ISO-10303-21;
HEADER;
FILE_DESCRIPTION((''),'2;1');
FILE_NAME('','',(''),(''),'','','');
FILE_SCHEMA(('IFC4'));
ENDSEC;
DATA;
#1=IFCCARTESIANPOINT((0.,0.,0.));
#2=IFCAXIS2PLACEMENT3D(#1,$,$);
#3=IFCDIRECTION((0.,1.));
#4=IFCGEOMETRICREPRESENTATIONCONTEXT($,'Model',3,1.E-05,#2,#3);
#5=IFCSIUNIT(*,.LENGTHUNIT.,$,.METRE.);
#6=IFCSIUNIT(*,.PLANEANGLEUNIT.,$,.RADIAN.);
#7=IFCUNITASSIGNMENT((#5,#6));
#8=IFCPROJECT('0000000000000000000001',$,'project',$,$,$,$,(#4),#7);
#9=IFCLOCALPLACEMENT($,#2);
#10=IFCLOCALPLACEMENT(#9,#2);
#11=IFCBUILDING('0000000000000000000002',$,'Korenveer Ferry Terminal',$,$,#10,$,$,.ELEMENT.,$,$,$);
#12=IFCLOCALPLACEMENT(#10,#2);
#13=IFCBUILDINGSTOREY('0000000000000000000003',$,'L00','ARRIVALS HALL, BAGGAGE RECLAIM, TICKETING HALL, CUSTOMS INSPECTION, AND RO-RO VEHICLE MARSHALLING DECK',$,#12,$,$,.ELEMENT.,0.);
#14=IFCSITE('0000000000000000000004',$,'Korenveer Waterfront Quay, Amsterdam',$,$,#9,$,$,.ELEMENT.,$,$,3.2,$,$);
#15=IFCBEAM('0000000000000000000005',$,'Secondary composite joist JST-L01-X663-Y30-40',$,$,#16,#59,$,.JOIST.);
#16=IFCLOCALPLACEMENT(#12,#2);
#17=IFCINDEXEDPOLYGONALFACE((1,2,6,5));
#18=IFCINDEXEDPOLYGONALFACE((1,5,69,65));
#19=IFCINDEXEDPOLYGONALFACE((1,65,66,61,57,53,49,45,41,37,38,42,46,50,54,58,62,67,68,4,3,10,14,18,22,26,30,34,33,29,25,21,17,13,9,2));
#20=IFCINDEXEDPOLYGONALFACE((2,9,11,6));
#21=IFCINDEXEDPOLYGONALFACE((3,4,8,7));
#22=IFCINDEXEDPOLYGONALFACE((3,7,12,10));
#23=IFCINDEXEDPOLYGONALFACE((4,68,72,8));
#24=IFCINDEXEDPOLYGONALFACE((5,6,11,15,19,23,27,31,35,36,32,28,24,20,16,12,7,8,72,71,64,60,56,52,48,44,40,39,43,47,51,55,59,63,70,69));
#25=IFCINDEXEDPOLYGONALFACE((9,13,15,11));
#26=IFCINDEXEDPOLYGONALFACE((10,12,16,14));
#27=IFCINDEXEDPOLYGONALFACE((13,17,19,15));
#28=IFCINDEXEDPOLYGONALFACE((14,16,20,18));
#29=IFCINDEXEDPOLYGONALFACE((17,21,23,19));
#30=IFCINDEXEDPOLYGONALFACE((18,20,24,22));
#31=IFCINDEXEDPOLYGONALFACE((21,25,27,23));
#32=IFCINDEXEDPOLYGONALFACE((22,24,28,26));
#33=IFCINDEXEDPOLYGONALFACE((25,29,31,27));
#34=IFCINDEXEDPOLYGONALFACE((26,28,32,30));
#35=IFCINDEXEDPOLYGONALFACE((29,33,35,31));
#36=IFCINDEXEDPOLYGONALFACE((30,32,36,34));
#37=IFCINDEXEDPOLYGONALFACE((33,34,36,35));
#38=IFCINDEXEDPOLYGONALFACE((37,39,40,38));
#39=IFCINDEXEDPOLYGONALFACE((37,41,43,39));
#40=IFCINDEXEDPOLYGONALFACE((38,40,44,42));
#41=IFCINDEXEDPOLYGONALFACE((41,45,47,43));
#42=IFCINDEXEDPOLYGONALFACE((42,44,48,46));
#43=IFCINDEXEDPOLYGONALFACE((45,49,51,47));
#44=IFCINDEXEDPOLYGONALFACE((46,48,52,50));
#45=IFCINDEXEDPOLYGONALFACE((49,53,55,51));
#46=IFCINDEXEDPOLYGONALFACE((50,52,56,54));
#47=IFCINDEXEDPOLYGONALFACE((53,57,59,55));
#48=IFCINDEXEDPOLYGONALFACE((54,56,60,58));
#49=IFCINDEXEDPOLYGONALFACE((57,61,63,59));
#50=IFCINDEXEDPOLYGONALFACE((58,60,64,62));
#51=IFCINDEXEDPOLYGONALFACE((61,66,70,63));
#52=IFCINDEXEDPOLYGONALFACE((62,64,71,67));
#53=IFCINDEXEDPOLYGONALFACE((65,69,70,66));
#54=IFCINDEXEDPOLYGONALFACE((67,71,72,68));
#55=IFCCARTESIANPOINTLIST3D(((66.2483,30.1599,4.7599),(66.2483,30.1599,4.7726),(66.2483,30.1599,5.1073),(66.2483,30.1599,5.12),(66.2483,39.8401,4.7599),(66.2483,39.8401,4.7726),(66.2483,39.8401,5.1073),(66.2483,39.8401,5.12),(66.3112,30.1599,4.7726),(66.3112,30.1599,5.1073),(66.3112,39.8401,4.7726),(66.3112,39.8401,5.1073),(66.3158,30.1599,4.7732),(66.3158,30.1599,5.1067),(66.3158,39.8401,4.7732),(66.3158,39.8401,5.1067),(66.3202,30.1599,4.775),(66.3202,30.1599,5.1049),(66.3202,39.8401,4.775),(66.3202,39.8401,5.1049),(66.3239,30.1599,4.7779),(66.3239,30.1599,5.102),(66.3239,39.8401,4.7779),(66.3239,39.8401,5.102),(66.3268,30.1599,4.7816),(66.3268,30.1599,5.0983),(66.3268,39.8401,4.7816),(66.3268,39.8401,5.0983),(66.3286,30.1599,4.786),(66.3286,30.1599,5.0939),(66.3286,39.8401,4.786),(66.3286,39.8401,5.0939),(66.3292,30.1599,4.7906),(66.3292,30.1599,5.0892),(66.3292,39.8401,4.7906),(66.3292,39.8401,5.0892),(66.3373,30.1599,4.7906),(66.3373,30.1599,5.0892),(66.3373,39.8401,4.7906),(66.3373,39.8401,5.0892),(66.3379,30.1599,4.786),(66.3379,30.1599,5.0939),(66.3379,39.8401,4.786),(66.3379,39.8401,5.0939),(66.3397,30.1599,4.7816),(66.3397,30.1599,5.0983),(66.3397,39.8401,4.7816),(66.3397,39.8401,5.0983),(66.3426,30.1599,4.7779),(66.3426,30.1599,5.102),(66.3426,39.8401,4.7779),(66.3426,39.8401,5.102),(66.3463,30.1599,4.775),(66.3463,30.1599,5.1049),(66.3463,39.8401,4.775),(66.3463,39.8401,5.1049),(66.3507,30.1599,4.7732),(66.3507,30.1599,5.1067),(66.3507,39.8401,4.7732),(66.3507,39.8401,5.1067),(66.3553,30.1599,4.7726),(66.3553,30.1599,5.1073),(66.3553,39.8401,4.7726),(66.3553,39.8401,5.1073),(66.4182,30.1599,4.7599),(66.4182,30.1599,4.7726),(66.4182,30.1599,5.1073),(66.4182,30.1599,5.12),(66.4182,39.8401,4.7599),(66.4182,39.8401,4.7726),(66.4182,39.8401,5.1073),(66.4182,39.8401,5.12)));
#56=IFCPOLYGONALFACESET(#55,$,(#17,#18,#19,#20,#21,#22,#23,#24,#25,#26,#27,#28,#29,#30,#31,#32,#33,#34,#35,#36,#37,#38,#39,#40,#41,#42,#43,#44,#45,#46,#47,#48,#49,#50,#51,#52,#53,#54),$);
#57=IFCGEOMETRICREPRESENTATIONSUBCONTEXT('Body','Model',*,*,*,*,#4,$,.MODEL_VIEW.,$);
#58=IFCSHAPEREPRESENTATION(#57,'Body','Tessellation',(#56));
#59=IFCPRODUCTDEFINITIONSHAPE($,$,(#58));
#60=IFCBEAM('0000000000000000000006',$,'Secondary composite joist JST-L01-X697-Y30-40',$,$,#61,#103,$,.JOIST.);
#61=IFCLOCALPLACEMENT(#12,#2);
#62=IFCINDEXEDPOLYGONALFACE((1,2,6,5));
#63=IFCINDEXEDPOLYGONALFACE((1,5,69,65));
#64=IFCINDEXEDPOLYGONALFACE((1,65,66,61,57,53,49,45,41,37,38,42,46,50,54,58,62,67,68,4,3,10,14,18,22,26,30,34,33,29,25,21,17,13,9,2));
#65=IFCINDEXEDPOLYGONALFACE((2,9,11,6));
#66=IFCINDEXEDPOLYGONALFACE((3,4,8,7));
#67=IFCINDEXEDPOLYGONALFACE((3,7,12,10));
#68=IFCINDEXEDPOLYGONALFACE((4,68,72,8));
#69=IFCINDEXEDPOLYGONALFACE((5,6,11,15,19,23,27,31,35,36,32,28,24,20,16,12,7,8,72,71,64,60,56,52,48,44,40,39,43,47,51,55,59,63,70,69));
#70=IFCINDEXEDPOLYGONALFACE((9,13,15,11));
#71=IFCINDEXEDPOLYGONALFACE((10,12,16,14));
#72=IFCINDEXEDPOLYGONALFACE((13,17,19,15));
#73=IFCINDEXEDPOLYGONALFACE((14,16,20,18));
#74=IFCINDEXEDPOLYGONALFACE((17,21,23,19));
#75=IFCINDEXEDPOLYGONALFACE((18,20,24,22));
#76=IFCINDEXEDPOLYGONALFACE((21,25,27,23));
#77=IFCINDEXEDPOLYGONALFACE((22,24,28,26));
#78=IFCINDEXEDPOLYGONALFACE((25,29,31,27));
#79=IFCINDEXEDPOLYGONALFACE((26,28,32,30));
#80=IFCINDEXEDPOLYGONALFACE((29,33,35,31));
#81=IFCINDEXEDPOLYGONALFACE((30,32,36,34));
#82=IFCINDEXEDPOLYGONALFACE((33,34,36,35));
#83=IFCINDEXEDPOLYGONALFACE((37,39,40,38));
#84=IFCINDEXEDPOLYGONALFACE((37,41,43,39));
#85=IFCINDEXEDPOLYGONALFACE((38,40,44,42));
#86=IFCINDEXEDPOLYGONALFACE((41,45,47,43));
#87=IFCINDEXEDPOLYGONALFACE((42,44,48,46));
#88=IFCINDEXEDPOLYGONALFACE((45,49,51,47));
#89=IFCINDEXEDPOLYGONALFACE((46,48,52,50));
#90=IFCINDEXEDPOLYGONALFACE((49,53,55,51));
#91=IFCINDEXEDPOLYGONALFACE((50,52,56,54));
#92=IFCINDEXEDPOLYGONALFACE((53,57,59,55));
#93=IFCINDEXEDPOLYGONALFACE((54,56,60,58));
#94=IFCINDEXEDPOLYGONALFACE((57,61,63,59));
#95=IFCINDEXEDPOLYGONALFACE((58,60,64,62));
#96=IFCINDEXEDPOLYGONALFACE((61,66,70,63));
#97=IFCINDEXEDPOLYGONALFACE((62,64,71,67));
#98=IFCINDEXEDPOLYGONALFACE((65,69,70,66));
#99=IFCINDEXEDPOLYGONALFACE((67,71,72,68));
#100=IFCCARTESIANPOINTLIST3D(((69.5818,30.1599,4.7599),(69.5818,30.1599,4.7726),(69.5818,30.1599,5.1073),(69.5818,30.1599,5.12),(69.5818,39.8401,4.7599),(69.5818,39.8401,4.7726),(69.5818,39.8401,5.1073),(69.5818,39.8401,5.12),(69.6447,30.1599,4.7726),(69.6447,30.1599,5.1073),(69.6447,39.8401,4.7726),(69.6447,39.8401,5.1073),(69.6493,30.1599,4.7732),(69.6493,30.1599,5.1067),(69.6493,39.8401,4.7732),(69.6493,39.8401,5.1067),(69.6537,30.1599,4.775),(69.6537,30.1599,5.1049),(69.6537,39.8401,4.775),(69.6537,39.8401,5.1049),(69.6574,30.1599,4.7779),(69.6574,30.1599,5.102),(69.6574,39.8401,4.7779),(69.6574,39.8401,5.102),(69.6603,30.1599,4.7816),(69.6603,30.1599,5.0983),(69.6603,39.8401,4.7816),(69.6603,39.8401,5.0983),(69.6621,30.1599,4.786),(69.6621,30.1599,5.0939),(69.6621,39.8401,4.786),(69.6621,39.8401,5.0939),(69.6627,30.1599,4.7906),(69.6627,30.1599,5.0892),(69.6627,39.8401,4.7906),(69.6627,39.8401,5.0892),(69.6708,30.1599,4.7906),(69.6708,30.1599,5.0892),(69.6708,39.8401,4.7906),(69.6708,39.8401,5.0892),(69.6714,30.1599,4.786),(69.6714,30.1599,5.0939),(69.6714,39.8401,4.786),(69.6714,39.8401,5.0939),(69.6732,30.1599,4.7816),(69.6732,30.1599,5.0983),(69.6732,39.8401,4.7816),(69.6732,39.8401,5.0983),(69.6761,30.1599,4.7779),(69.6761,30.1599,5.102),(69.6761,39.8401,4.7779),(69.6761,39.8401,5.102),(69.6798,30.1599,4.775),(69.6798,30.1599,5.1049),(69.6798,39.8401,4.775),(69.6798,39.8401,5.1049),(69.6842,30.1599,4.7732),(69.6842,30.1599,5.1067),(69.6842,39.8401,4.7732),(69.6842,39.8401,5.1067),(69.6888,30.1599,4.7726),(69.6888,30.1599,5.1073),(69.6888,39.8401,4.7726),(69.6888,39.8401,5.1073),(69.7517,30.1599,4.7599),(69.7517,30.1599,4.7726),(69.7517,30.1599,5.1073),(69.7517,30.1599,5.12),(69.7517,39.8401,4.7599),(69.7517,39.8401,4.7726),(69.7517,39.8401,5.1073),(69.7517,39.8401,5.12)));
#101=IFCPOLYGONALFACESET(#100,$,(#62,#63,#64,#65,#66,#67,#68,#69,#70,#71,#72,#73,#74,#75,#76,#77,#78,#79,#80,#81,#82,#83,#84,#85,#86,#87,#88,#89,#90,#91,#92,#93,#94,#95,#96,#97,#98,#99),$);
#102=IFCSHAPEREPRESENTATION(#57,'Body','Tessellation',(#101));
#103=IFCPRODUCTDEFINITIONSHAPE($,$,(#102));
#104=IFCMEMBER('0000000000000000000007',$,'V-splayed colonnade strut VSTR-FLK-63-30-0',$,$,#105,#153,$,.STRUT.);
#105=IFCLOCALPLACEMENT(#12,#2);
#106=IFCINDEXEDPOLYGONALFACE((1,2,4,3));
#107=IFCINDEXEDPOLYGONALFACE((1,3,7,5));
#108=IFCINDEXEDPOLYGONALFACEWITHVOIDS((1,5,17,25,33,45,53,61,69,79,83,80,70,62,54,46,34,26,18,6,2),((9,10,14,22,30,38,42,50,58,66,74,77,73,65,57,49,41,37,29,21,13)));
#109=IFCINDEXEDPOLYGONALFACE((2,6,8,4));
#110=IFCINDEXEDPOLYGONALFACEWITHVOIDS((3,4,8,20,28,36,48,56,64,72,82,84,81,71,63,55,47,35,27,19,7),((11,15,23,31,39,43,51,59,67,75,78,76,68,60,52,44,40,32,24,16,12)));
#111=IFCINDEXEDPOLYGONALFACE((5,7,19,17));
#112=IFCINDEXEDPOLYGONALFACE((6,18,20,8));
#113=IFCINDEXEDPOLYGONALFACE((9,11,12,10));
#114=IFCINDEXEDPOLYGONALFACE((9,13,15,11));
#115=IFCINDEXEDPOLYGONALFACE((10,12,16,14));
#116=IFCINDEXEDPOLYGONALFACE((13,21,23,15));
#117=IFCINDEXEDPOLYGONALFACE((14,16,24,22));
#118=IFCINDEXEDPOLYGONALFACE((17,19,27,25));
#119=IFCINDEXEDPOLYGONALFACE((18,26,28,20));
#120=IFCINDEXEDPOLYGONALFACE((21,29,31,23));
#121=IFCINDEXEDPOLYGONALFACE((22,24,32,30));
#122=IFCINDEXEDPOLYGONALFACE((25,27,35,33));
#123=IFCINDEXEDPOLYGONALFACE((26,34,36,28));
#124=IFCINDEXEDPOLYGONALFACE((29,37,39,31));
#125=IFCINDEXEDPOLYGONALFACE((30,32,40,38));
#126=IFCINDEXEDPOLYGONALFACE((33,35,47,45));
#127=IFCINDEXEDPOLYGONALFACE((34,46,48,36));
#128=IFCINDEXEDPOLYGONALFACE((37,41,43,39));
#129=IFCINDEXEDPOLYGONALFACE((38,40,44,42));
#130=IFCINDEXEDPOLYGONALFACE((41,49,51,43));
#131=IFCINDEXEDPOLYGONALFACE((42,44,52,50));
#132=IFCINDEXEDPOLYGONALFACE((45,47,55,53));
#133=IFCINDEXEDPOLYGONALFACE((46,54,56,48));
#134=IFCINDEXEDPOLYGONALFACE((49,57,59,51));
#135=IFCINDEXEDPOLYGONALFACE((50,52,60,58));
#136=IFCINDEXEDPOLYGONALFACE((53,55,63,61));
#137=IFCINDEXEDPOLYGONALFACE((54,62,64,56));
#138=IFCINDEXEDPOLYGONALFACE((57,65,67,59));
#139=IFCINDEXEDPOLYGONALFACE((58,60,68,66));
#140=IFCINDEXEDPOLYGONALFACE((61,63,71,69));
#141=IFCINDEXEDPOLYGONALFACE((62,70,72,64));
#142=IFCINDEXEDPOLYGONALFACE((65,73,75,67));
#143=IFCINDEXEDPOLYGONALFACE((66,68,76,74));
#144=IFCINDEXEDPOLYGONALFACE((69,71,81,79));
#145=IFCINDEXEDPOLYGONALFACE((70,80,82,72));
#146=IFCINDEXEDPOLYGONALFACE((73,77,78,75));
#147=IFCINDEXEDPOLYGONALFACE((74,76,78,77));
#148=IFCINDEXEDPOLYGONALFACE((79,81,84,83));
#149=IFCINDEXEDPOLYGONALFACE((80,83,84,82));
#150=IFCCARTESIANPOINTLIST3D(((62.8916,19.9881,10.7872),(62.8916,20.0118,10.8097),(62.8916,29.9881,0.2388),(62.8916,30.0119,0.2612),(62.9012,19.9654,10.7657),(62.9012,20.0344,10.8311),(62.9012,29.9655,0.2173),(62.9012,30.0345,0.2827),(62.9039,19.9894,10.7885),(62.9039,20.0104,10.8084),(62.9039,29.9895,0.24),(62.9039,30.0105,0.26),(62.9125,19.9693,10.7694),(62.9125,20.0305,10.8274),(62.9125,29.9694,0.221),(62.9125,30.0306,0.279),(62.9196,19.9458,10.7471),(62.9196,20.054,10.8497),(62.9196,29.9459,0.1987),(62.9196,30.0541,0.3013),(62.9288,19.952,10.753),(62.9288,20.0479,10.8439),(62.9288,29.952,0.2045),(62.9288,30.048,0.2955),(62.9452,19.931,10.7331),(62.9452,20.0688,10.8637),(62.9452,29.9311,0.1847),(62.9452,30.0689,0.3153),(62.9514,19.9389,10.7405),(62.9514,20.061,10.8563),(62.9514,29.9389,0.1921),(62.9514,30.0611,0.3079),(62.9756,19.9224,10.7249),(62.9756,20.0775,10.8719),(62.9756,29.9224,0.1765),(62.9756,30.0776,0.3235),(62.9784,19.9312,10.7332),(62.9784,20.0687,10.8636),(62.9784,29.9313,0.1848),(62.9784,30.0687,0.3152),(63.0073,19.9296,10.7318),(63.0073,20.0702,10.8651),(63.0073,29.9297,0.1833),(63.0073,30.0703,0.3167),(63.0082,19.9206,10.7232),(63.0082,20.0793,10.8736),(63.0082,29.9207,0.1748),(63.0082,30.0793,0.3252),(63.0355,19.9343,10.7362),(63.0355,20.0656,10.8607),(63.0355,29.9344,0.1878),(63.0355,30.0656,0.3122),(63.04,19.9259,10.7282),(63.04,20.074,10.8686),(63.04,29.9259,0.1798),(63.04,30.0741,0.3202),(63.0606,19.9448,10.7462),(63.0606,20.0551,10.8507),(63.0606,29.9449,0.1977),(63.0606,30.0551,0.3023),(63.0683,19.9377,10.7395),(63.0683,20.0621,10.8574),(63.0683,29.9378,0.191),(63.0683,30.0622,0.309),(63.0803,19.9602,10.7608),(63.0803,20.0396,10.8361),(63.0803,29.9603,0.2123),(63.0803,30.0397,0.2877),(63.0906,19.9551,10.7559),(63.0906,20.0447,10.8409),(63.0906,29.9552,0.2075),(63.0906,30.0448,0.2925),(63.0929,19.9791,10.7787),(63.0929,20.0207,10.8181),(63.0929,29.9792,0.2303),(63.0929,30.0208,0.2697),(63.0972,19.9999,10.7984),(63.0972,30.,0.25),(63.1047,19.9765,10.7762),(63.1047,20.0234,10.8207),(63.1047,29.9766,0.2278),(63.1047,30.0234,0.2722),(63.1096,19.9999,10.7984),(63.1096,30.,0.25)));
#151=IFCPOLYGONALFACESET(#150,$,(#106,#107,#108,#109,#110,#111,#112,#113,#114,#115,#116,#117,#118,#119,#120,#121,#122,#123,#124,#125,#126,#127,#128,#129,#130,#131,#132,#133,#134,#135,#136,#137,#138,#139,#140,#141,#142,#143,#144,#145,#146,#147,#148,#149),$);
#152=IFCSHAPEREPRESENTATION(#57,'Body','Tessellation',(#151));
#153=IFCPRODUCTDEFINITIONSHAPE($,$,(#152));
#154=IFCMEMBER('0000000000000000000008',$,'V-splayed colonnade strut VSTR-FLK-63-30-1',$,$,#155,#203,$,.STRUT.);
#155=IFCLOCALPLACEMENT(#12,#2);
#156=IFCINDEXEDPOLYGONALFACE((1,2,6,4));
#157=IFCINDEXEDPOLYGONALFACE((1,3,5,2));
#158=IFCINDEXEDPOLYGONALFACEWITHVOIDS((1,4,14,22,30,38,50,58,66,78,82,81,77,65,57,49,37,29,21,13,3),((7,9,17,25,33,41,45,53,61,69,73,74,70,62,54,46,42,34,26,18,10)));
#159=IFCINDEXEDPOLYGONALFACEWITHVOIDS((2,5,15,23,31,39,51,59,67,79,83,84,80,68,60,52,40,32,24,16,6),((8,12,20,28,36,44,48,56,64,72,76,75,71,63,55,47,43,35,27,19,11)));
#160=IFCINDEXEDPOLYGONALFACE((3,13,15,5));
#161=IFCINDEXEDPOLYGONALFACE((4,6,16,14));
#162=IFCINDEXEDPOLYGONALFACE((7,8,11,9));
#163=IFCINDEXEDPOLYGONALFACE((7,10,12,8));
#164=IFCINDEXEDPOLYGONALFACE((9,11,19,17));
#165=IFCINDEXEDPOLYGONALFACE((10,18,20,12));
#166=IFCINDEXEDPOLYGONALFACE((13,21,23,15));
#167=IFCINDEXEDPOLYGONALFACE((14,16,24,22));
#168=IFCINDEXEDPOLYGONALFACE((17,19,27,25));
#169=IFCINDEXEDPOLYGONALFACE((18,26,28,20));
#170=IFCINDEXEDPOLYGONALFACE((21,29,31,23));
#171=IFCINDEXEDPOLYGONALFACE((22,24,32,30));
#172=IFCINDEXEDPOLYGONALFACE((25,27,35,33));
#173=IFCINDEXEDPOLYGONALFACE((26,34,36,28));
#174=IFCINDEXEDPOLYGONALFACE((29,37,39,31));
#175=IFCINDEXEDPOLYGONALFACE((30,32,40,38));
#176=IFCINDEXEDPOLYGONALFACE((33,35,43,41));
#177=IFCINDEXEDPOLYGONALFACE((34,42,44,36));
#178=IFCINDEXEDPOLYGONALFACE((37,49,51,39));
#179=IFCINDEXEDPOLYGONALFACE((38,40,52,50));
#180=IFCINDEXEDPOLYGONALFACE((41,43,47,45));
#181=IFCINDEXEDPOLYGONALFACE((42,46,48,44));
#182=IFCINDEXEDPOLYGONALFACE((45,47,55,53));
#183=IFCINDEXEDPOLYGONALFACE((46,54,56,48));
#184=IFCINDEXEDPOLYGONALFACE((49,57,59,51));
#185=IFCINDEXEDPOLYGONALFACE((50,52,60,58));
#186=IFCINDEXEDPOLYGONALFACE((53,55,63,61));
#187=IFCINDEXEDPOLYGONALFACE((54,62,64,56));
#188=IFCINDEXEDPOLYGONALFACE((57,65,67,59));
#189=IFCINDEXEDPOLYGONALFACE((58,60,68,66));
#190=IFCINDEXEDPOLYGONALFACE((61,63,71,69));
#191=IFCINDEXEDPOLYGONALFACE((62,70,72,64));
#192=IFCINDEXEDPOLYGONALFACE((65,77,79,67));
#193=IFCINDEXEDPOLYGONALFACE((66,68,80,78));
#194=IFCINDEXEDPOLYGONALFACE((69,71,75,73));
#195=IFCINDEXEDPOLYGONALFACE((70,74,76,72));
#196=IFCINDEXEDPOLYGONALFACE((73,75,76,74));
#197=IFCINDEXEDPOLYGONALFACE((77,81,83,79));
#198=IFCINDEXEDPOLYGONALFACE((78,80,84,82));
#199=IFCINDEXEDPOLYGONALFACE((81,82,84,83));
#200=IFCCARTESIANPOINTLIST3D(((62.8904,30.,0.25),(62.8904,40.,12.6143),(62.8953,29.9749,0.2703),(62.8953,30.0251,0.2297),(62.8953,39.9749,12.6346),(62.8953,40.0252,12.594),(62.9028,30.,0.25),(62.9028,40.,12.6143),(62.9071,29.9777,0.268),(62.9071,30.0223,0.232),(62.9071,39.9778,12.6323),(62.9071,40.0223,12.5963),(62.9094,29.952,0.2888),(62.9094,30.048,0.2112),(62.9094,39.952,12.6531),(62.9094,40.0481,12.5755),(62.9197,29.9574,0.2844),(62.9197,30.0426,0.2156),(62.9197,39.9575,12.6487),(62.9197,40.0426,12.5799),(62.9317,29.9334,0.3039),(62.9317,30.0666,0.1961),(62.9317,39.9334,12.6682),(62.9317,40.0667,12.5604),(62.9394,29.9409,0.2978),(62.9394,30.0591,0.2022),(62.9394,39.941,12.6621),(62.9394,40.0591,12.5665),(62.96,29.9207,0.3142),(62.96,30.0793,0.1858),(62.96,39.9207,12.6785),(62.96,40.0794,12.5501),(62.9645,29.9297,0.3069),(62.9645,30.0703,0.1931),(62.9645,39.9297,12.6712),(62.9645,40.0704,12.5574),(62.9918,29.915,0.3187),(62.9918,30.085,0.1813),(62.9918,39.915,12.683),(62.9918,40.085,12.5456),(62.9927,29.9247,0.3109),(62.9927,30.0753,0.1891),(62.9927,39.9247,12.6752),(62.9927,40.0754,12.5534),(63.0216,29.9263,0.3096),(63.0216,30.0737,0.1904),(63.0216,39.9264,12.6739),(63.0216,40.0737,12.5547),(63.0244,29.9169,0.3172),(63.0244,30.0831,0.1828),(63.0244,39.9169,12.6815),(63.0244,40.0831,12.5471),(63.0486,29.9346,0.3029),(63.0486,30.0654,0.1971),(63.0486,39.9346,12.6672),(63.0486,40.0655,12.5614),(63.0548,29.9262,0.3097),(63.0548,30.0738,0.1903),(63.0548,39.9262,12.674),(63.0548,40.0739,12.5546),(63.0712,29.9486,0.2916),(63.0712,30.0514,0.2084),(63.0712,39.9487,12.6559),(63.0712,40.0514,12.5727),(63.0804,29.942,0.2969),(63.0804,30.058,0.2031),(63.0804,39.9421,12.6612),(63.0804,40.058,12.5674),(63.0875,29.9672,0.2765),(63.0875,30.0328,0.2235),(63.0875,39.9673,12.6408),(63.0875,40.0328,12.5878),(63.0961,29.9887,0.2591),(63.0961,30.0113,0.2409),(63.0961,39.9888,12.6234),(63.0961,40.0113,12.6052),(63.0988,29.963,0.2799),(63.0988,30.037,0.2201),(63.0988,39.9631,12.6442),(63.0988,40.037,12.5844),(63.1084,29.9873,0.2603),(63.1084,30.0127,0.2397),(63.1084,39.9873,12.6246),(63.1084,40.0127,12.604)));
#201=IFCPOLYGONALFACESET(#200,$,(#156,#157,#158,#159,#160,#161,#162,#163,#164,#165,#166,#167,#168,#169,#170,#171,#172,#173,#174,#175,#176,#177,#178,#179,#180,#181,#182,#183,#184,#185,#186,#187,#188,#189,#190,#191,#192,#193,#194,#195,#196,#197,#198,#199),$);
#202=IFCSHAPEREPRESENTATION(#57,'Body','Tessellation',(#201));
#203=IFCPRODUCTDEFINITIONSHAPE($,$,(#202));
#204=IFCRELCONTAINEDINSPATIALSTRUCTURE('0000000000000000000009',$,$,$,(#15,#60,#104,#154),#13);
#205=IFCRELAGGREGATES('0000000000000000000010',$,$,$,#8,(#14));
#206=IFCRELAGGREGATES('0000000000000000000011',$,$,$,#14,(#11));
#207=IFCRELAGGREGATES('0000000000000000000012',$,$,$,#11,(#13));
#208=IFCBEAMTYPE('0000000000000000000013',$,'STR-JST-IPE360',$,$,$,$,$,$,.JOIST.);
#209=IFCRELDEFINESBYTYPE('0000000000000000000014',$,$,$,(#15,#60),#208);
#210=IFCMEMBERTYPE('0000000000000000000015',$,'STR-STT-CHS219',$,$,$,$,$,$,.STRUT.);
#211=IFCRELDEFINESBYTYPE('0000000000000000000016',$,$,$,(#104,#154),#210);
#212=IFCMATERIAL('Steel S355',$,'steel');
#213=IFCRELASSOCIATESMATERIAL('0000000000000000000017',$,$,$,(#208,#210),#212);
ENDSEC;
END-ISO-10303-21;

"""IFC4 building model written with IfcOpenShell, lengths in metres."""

from ifc_helpers import new_model, si_unit, direction, frame, origin, origin_2d, place, context, subcontext, project, spatial, hollow_circle, i_section, extrude, material, material_profile, profile_set, type_object, element, save


model = new_model("IFC4")

# Units and contexts
model_context = context("Model", 3, precision=1e-05, world=origin(), true_north=direction((0.0, 1.0)))
body_context = subcontext(model_context, "Body", "Model", "MODEL_VIEW")
ifc_project = project(units=[si_unit("LENGTHUNIT", "METRE"), si_unit("PLANEANGLEUNIT", "RADIAN")], contexts=[model_context])

# Site, building, storey
site_placement = place(None, origin())
site = spatial("IfcSite", under=ifc_project, at=site_placement, Name="Korenveer Waterfront Quay, Amsterdam", CompositionType="ELEMENT", RefElevation=3.2)
building_placement = place(site_placement, origin())
building = spatial("IfcBuilding", under=site, at=building_placement, Name="Korenveer Ferry Terminal", CompositionType="ELEMENT")
storey_placement = place(building_placement, origin())
storey = spatial("IfcBuildingStorey", under=building, at=storey_placement, Name="L00", Description="ARRIVALS HALL, BAGGAGE RECLAIM, TICKETING HALL, CUSTOMS INSPECTION, AND RO-RO VEHICLE MARSHALLING DECK", CompositionType="ELEMENT", Elevation=0.0)

# Shared definitions
ifc_material_1 = material(Name="Steel S355", Category="steel")

# Beams
ifc_material_profile_1 = material_profile(ifc_material_1, i_section(OverallWidth=0.1699, OverallDepth=0.3601, WebThickness=0.0081, FlangeThickness=0.0127, FilletRadius=0.0181, at=origin_2d()), Name="IPE 360")
ifc_profile_set_1 = profile_set([ifc_material_profile_1], Name="Steel S355")
beam_type_1 = type_object("IfcBeamType", Name="STR-JST-IPE360", PredefinedType="JOIST", material=ifc_profile_set_1)
for number, where, z_axis, x_axis, name in (
    (1, (66.3333, 30.1599, 4.9399), (0.0, 1.0, 0.0), (-1.0, 0.0, 0.0), "Secondary composite joist JST-L01-X663-Y30-40"),
    (2, (69.6667, 30.1599, 4.9399), (0.0, 1.0, 0.0), (-1.0, 0.0, 0.0), "Secondary composite joist JST-L01-X697-Y30-40"),
):
    element("IfcBeam", number, at=place(storey_placement, frame(where, z_axis=z_axis, x_axis=x_axis)), inside=storey, type_object=beam_type_1, Name=name, PredefinedType="JOIST", context=body_context, shape_type="SweptSolid", body=[
        extrude(i_section(OverallWidth=0.1699, OverallDepth=0.3601, WebThickness=0.0081, FlangeThickness=0.0127, FilletRadius=0.0181, at=origin_2d()), origin(), (0.0, 0.0, 1.0), 9.6802),
    ])

# Members
ifc_material_profile_2 = material_profile(ifc_material_1, hollow_circle(Radius=0.1096, WallThickness=0.0125, at=origin_2d()), Name="CHS 219.1x12.5")
ifc_profile_set_2 = profile_set([ifc_material_profile_2], Name="Steel S355")
member_type = type_object("IfcMemberType", Name="STR-STT-CHS219", PredefinedType="STRUT", material=ifc_profile_set_2)
member_1_placement = place(storey_placement, frame((63.0, 30.0, 0.25), z_axis=(0.0, -0.687992, 0.725718), x_axis=(1.0, 0.0, 0.0)))
element("IfcMember", 3, at=member_1_placement, inside=storey, type_object=member_type, Name="V-splayed colonnade strut VSTR-FLK-63-30-0", PredefinedType="STRUT", context=body_context, shape_type="SweptSolid", body=[
    extrude(hollow_circle(Radius=0.1096, WallThickness=0.0125, at=origin_2d()), origin(), (0.0, 0.0, 1.0), 14.5352),
])
member_2_placement = place(storey_placement, frame((63.0, 30.0, 0.25), z_axis=(0.0, 0.62885, 0.777527), x_axis=(-1.0, 0.0, 0.0)))
element("IfcMember", 4, at=member_2_placement, inside=storey, type_object=member_type, Name="V-splayed colonnade strut VSTR-FLK-63-30-1", PredefinedType="STRUT", context=body_context, shape_type="SweptSolid", body=[
    extrude(hollow_circle(Radius=0.1096, WallThickness=0.0125, at=origin_2d()), origin(), (0.0, 0.0, 1.0), 15.9021),
])

save(model, "model.ifc")
